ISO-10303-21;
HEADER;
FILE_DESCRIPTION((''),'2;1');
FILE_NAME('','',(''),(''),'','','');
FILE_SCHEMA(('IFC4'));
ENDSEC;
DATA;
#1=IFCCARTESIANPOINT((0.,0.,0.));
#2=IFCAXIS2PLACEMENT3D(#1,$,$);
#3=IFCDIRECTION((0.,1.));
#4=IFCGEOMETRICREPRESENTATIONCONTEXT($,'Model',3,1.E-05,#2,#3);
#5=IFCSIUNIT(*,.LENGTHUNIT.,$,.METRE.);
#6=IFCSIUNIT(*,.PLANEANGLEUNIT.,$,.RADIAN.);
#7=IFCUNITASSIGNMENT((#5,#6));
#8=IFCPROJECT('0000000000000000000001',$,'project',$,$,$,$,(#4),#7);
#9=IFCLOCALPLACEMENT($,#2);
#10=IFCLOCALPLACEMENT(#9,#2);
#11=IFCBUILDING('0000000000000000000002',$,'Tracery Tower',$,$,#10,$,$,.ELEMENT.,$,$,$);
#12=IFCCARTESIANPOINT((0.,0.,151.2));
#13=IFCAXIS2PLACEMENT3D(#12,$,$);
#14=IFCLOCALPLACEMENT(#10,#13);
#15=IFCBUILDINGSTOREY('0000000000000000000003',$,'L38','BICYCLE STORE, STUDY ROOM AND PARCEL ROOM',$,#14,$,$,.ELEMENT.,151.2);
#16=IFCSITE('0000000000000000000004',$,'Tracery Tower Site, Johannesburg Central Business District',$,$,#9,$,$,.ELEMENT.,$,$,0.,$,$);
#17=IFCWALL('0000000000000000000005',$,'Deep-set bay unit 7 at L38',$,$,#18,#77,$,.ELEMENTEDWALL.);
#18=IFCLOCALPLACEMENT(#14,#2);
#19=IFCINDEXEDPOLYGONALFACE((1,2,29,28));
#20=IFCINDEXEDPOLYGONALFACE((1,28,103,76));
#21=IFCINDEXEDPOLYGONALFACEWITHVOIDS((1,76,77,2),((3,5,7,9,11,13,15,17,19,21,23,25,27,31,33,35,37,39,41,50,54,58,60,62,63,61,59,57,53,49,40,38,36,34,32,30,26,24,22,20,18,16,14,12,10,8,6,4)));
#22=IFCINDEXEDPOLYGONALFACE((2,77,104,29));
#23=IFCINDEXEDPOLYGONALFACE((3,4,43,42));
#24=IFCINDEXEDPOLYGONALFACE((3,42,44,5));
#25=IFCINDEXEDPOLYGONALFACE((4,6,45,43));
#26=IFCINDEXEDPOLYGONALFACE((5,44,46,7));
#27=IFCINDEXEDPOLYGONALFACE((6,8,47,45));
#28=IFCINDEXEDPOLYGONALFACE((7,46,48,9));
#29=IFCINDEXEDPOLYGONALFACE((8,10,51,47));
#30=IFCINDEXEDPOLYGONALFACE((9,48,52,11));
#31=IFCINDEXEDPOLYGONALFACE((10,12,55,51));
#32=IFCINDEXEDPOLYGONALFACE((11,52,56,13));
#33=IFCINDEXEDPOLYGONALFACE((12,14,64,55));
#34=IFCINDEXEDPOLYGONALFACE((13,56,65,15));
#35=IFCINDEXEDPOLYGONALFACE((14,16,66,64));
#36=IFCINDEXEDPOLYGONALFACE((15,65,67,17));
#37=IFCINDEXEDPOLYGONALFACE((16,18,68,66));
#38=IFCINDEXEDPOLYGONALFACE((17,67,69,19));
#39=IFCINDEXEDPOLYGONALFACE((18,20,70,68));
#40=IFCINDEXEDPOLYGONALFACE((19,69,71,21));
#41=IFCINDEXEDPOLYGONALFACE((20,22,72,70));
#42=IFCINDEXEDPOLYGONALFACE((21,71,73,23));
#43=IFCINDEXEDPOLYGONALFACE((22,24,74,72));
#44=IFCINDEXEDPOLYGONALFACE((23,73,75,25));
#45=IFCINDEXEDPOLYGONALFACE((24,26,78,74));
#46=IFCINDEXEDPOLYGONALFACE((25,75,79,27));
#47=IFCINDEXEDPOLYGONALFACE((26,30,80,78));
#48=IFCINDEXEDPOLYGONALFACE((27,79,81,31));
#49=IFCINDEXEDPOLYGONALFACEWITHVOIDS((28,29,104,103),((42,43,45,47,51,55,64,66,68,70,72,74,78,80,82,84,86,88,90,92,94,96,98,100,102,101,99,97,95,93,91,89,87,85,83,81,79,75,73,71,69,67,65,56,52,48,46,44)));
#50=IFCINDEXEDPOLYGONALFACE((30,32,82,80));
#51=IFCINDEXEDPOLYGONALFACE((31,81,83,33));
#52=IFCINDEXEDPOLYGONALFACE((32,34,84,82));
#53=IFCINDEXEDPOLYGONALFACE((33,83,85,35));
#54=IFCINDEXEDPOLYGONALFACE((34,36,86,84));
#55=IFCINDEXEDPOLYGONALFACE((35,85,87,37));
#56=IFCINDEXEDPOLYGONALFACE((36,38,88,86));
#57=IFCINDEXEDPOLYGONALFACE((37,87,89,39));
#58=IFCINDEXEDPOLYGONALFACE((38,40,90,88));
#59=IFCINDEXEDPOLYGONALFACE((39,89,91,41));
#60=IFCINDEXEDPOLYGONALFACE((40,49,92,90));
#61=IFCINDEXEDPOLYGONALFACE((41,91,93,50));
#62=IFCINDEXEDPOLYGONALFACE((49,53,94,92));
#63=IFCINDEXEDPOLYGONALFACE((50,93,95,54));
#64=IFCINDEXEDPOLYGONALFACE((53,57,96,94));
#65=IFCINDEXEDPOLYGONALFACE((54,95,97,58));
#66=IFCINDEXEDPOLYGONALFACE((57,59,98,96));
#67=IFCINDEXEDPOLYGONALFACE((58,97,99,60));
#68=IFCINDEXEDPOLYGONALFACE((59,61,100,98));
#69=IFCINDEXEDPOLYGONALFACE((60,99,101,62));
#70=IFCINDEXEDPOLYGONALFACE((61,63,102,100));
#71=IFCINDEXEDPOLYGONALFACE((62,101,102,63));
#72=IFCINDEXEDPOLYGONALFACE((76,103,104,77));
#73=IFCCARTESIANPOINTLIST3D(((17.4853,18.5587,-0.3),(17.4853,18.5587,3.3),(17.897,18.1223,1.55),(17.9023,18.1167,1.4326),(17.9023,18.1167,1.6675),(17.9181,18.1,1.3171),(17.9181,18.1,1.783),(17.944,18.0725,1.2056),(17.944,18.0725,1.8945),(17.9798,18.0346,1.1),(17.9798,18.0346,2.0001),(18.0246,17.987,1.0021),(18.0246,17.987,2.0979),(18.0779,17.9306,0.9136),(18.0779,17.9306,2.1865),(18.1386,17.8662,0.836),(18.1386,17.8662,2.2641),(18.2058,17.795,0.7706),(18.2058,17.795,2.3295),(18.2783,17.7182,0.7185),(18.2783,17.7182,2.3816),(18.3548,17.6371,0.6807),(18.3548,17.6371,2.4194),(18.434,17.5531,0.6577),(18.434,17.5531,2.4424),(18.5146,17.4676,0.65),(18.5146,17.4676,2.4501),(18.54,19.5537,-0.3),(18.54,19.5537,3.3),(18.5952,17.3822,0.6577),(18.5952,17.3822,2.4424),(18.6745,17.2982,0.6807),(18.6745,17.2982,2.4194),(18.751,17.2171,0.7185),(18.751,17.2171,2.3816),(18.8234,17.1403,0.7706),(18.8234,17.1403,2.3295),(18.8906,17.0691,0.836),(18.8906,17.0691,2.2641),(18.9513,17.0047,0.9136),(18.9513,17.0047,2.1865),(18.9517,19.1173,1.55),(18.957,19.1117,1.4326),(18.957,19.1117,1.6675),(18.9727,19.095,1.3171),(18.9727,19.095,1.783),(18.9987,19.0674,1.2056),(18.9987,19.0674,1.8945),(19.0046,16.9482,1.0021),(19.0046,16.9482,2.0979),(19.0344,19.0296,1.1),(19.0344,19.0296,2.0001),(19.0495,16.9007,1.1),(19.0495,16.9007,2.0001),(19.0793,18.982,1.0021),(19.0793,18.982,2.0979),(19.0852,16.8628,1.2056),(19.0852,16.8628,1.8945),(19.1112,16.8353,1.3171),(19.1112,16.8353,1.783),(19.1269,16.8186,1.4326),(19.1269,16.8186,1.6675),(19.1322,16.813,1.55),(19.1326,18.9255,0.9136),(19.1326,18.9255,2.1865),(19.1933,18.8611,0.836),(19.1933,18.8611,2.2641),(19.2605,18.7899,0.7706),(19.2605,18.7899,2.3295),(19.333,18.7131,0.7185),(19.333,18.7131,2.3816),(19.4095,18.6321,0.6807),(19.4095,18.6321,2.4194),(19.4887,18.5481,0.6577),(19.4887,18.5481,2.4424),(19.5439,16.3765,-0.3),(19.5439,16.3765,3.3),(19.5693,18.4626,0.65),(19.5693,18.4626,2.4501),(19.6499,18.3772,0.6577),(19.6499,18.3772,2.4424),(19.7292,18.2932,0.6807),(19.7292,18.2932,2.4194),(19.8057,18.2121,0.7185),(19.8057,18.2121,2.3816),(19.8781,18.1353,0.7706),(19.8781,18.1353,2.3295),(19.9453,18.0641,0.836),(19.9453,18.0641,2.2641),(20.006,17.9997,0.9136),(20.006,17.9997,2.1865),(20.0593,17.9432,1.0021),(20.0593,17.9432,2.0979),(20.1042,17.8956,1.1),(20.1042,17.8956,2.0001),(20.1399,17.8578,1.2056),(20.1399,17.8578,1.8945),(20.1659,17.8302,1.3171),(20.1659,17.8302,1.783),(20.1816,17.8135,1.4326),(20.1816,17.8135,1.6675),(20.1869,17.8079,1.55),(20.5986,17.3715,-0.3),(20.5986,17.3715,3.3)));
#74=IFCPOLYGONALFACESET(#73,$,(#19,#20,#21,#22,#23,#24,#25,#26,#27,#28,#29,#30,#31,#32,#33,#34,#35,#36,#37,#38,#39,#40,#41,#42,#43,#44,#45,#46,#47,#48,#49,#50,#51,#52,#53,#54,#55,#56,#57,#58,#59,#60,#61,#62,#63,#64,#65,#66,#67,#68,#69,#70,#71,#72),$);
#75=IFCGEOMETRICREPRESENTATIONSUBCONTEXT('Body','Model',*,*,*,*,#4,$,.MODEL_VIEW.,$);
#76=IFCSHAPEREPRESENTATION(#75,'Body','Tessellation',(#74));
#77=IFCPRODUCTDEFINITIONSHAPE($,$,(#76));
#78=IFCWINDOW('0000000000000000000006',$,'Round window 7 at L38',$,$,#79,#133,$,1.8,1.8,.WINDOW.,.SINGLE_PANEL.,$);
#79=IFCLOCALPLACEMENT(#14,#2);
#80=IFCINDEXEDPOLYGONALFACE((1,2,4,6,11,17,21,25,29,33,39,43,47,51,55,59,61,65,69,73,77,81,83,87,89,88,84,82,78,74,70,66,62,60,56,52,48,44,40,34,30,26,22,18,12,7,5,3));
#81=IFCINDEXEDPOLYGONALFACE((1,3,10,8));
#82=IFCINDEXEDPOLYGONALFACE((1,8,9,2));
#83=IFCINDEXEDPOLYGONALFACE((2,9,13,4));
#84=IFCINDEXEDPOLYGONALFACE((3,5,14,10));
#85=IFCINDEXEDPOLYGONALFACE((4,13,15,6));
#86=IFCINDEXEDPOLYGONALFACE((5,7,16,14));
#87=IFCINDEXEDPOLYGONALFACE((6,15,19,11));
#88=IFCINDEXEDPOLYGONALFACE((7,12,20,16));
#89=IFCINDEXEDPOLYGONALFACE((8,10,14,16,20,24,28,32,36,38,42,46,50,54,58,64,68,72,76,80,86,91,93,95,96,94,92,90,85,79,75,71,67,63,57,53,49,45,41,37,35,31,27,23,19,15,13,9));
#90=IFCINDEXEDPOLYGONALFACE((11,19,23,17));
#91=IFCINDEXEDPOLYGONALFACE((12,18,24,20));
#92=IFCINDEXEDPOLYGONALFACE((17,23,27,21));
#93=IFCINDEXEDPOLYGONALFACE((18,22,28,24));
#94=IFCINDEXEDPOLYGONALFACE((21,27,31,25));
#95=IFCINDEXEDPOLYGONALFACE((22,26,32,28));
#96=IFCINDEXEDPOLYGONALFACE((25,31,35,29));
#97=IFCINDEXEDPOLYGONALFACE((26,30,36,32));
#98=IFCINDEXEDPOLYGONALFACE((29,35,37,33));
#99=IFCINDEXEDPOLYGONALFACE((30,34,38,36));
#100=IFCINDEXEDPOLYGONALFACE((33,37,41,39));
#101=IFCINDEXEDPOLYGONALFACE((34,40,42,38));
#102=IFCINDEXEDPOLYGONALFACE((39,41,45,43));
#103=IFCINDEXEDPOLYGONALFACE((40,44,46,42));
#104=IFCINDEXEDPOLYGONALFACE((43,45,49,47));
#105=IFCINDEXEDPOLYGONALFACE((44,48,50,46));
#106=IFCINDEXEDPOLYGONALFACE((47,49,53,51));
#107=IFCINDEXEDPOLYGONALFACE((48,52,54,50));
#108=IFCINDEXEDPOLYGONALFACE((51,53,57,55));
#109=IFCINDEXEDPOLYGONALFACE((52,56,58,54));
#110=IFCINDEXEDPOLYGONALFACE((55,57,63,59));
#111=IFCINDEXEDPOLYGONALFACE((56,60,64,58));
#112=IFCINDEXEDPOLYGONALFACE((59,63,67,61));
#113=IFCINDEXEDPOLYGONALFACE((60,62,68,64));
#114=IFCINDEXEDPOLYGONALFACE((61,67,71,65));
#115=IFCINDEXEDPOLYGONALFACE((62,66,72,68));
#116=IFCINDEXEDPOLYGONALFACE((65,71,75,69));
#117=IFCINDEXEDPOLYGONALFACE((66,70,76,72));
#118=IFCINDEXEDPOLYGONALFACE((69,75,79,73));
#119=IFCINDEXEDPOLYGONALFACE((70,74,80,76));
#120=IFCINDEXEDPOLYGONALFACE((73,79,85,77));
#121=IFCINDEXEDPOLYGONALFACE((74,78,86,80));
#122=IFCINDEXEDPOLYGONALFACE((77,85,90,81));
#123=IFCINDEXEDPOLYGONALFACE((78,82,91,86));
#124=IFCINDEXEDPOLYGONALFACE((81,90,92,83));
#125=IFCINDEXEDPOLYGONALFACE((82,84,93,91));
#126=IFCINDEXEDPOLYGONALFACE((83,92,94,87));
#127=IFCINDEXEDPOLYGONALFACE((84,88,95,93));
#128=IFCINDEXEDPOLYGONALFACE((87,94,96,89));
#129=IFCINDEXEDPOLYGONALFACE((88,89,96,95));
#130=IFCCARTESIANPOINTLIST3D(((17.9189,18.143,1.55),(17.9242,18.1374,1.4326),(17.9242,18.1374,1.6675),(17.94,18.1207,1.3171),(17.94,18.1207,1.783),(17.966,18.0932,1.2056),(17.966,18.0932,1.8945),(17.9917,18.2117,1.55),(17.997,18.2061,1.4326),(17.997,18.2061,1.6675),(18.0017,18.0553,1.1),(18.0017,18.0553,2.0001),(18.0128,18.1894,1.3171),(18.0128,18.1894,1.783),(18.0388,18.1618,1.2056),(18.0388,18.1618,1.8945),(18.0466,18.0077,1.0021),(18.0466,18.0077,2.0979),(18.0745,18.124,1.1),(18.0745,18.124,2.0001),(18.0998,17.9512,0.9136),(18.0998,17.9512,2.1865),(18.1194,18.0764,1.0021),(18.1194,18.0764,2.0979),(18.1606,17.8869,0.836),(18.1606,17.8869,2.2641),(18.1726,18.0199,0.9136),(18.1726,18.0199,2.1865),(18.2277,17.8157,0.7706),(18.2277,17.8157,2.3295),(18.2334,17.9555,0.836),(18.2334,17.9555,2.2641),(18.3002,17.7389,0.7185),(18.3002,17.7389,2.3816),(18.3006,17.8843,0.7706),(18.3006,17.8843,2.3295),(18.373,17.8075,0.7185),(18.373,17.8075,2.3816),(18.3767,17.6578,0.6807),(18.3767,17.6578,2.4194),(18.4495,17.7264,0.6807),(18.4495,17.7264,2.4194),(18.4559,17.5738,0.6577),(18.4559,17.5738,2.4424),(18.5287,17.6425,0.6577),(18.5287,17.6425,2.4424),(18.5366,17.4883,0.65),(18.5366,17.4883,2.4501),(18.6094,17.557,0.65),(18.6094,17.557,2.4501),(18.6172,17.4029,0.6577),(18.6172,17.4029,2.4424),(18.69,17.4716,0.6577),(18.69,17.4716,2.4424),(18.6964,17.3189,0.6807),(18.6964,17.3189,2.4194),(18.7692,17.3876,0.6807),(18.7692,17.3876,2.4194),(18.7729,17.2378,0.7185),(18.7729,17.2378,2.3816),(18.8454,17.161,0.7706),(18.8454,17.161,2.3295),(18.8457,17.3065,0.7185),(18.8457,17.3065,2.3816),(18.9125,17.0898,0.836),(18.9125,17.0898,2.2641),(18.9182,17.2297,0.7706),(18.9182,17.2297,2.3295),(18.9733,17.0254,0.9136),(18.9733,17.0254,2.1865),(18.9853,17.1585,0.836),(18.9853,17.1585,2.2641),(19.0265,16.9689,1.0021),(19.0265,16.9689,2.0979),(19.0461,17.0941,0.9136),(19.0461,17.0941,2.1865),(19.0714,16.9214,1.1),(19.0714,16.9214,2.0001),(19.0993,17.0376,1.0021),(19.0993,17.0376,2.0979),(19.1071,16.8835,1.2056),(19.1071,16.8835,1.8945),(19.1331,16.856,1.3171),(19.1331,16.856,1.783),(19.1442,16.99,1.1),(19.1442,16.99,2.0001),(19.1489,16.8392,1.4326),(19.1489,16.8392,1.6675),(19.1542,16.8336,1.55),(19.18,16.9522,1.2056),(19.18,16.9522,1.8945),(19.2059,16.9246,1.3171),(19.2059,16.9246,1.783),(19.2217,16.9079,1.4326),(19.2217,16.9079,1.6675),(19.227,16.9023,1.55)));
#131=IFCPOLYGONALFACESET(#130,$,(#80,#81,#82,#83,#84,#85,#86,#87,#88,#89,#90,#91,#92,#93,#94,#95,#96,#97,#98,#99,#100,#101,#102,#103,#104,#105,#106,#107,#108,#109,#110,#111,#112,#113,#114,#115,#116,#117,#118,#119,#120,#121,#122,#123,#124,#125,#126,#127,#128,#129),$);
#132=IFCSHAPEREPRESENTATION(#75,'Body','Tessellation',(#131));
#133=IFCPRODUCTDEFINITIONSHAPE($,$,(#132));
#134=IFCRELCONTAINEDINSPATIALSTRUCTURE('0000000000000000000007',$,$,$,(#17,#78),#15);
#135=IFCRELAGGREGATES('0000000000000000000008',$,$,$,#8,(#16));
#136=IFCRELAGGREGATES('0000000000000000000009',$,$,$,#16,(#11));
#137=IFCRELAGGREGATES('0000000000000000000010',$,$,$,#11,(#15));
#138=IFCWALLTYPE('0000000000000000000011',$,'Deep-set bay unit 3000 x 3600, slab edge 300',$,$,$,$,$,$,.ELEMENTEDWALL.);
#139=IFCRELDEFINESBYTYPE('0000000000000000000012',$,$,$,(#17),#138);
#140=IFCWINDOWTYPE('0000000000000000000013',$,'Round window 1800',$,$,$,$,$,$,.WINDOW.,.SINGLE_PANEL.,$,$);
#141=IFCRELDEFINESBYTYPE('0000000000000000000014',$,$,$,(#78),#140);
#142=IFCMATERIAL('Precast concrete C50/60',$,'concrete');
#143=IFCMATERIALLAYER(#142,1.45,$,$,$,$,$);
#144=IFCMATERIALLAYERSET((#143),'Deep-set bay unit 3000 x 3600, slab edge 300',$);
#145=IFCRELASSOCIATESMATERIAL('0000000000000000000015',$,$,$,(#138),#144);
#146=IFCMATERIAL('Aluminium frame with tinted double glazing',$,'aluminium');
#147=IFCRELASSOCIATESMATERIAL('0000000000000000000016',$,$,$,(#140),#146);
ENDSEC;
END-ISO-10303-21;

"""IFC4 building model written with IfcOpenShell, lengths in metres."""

from ifc_helpers import new_model, si_unit, direction, frame, frame_2d, origin, origin_2d, place, context, subcontext, project, spatial, rectangle, circle, extrude, material, layer, layer_set, type_object, element, fill, save


model = new_model("IFC4")

# Units and contexts
model_context = context("Model", 3, precision=1e-05, world=origin(), true_north=direction((0.0, 1.0)))
body_context = subcontext(model_context, "Body", "Model", "MODEL_VIEW")
ifc_project = project(units=[si_unit("LENGTHUNIT", "METRE"), si_unit("PLANEANGLEUNIT", "RADIAN")], contexts=[model_context])

# Site, building, storey
site_placement = place(None, origin())
site = spatial("IfcSite", under=ifc_project, at=site_placement, Name="Tracery Tower Site, Johannesburg Central Business District", CompositionType="ELEMENT", RefElevation=0.0)
building_placement = place(site_placement, origin())
building = spatial("IfcBuilding", under=site, at=building_placement, Name="Tracery Tower", CompositionType="ELEMENT")
storey_placement = place(building_placement, frame((0.0, 0.0, 151.2)))
storey = spatial("IfcBuildingStorey", under=building, at=storey_placement, Name="L38", Description="BICYCLE STORE, STUDY ROOM AND PARCEL ROOM", CompositionType="ELEMENT", Elevation=151.2)

# Wall, opening, window
ifc_material_1 = material(Name="Precast concrete C50/60", Category="concrete")
ifc_layer_1 = layer(ifc_material_1, 1.45)
ifc_layer_set_1 = layer_set([ifc_layer_1], Name="Deep-set bay unit 3000 x 3600, slab edge 300")
wall_type_1 = type_object("IfcWallType", Name="Deep-set bay unit 3000 x 3600, slab edge 300", PredefinedType="ELEMENTEDWALL", material=ifc_layer_set_1)
wall_1_placement = place(storey_placement, frame((20.0713, 16.874, -0.3), z_axis=(0.0, 0.0, 1.0), x_axis=(-0.686217, 0.727397, 0.0)))
wall_1 = element("IfcWall", 1, at=wall_1_placement, inside=storey, type_object=wall_type_1, Name="Deep-set bay unit 7 at L38", PredefinedType="ELEMENTEDWALL", context=body_context, shape_type="SweptSolid", body=[
    extrude(rectangle(XDim=3.0, YDim=1.45, at=frame_2d((1.5, 0.0))), origin(), (0.0, 0.0, 1.0), 3.6001),
])
opening_1_placement = place(wall_1_placement, frame((1.5, 0.0, 1.8501)))
opening_1 = element("IfcOpeningElement", 2, at=opening_1_placement, cuts=wall_1, PredefinedType="OPENING", context=body_context, shape_type="SweptSolid", body=[
    extrude(circle(Radius=0.9, at=origin_2d()), frame((0.0, 0.7349, 0.0), z_axis=(0.0, -1.0, 0.0), x_axis=(1.0, 0.0, 0.0)), (0.0, 0.0, 1.0), 1.47),
])
ifc_material_2 = material(Name="Aluminium frame with tinted double glazing", Category="aluminium")
window_type = type_object("IfcWindowType", Name="Round window 1800", PartitioningType="SINGLE_PANEL", PredefinedType="WINDOW", material=ifc_material_2)
window_1_placement = place(opening_1_placement, origin())
window_1 = element("IfcWindow", 3, at=window_1_placement, inside=storey, type_object=window_type, Name="Round window 7 at L38", OverallHeight=1.8, OverallWidth=1.8, PartitioningType="SINGLE_PANEL", PredefinedType="WINDOW", context=body_context, shape_type="SweptSolid", body=[
    extrude(circle(Radius=0.9, at=origin_2d()), frame((0.0, 0.6948, 0.0), z_axis=(0.0, -1.0, 0.0), x_axis=(1.0, 0.0, 0.0)), (0.0, 0.0, 1.0), 0.1001),
])
fill(opening_1, window_1)

save(model, "model.ifc")
